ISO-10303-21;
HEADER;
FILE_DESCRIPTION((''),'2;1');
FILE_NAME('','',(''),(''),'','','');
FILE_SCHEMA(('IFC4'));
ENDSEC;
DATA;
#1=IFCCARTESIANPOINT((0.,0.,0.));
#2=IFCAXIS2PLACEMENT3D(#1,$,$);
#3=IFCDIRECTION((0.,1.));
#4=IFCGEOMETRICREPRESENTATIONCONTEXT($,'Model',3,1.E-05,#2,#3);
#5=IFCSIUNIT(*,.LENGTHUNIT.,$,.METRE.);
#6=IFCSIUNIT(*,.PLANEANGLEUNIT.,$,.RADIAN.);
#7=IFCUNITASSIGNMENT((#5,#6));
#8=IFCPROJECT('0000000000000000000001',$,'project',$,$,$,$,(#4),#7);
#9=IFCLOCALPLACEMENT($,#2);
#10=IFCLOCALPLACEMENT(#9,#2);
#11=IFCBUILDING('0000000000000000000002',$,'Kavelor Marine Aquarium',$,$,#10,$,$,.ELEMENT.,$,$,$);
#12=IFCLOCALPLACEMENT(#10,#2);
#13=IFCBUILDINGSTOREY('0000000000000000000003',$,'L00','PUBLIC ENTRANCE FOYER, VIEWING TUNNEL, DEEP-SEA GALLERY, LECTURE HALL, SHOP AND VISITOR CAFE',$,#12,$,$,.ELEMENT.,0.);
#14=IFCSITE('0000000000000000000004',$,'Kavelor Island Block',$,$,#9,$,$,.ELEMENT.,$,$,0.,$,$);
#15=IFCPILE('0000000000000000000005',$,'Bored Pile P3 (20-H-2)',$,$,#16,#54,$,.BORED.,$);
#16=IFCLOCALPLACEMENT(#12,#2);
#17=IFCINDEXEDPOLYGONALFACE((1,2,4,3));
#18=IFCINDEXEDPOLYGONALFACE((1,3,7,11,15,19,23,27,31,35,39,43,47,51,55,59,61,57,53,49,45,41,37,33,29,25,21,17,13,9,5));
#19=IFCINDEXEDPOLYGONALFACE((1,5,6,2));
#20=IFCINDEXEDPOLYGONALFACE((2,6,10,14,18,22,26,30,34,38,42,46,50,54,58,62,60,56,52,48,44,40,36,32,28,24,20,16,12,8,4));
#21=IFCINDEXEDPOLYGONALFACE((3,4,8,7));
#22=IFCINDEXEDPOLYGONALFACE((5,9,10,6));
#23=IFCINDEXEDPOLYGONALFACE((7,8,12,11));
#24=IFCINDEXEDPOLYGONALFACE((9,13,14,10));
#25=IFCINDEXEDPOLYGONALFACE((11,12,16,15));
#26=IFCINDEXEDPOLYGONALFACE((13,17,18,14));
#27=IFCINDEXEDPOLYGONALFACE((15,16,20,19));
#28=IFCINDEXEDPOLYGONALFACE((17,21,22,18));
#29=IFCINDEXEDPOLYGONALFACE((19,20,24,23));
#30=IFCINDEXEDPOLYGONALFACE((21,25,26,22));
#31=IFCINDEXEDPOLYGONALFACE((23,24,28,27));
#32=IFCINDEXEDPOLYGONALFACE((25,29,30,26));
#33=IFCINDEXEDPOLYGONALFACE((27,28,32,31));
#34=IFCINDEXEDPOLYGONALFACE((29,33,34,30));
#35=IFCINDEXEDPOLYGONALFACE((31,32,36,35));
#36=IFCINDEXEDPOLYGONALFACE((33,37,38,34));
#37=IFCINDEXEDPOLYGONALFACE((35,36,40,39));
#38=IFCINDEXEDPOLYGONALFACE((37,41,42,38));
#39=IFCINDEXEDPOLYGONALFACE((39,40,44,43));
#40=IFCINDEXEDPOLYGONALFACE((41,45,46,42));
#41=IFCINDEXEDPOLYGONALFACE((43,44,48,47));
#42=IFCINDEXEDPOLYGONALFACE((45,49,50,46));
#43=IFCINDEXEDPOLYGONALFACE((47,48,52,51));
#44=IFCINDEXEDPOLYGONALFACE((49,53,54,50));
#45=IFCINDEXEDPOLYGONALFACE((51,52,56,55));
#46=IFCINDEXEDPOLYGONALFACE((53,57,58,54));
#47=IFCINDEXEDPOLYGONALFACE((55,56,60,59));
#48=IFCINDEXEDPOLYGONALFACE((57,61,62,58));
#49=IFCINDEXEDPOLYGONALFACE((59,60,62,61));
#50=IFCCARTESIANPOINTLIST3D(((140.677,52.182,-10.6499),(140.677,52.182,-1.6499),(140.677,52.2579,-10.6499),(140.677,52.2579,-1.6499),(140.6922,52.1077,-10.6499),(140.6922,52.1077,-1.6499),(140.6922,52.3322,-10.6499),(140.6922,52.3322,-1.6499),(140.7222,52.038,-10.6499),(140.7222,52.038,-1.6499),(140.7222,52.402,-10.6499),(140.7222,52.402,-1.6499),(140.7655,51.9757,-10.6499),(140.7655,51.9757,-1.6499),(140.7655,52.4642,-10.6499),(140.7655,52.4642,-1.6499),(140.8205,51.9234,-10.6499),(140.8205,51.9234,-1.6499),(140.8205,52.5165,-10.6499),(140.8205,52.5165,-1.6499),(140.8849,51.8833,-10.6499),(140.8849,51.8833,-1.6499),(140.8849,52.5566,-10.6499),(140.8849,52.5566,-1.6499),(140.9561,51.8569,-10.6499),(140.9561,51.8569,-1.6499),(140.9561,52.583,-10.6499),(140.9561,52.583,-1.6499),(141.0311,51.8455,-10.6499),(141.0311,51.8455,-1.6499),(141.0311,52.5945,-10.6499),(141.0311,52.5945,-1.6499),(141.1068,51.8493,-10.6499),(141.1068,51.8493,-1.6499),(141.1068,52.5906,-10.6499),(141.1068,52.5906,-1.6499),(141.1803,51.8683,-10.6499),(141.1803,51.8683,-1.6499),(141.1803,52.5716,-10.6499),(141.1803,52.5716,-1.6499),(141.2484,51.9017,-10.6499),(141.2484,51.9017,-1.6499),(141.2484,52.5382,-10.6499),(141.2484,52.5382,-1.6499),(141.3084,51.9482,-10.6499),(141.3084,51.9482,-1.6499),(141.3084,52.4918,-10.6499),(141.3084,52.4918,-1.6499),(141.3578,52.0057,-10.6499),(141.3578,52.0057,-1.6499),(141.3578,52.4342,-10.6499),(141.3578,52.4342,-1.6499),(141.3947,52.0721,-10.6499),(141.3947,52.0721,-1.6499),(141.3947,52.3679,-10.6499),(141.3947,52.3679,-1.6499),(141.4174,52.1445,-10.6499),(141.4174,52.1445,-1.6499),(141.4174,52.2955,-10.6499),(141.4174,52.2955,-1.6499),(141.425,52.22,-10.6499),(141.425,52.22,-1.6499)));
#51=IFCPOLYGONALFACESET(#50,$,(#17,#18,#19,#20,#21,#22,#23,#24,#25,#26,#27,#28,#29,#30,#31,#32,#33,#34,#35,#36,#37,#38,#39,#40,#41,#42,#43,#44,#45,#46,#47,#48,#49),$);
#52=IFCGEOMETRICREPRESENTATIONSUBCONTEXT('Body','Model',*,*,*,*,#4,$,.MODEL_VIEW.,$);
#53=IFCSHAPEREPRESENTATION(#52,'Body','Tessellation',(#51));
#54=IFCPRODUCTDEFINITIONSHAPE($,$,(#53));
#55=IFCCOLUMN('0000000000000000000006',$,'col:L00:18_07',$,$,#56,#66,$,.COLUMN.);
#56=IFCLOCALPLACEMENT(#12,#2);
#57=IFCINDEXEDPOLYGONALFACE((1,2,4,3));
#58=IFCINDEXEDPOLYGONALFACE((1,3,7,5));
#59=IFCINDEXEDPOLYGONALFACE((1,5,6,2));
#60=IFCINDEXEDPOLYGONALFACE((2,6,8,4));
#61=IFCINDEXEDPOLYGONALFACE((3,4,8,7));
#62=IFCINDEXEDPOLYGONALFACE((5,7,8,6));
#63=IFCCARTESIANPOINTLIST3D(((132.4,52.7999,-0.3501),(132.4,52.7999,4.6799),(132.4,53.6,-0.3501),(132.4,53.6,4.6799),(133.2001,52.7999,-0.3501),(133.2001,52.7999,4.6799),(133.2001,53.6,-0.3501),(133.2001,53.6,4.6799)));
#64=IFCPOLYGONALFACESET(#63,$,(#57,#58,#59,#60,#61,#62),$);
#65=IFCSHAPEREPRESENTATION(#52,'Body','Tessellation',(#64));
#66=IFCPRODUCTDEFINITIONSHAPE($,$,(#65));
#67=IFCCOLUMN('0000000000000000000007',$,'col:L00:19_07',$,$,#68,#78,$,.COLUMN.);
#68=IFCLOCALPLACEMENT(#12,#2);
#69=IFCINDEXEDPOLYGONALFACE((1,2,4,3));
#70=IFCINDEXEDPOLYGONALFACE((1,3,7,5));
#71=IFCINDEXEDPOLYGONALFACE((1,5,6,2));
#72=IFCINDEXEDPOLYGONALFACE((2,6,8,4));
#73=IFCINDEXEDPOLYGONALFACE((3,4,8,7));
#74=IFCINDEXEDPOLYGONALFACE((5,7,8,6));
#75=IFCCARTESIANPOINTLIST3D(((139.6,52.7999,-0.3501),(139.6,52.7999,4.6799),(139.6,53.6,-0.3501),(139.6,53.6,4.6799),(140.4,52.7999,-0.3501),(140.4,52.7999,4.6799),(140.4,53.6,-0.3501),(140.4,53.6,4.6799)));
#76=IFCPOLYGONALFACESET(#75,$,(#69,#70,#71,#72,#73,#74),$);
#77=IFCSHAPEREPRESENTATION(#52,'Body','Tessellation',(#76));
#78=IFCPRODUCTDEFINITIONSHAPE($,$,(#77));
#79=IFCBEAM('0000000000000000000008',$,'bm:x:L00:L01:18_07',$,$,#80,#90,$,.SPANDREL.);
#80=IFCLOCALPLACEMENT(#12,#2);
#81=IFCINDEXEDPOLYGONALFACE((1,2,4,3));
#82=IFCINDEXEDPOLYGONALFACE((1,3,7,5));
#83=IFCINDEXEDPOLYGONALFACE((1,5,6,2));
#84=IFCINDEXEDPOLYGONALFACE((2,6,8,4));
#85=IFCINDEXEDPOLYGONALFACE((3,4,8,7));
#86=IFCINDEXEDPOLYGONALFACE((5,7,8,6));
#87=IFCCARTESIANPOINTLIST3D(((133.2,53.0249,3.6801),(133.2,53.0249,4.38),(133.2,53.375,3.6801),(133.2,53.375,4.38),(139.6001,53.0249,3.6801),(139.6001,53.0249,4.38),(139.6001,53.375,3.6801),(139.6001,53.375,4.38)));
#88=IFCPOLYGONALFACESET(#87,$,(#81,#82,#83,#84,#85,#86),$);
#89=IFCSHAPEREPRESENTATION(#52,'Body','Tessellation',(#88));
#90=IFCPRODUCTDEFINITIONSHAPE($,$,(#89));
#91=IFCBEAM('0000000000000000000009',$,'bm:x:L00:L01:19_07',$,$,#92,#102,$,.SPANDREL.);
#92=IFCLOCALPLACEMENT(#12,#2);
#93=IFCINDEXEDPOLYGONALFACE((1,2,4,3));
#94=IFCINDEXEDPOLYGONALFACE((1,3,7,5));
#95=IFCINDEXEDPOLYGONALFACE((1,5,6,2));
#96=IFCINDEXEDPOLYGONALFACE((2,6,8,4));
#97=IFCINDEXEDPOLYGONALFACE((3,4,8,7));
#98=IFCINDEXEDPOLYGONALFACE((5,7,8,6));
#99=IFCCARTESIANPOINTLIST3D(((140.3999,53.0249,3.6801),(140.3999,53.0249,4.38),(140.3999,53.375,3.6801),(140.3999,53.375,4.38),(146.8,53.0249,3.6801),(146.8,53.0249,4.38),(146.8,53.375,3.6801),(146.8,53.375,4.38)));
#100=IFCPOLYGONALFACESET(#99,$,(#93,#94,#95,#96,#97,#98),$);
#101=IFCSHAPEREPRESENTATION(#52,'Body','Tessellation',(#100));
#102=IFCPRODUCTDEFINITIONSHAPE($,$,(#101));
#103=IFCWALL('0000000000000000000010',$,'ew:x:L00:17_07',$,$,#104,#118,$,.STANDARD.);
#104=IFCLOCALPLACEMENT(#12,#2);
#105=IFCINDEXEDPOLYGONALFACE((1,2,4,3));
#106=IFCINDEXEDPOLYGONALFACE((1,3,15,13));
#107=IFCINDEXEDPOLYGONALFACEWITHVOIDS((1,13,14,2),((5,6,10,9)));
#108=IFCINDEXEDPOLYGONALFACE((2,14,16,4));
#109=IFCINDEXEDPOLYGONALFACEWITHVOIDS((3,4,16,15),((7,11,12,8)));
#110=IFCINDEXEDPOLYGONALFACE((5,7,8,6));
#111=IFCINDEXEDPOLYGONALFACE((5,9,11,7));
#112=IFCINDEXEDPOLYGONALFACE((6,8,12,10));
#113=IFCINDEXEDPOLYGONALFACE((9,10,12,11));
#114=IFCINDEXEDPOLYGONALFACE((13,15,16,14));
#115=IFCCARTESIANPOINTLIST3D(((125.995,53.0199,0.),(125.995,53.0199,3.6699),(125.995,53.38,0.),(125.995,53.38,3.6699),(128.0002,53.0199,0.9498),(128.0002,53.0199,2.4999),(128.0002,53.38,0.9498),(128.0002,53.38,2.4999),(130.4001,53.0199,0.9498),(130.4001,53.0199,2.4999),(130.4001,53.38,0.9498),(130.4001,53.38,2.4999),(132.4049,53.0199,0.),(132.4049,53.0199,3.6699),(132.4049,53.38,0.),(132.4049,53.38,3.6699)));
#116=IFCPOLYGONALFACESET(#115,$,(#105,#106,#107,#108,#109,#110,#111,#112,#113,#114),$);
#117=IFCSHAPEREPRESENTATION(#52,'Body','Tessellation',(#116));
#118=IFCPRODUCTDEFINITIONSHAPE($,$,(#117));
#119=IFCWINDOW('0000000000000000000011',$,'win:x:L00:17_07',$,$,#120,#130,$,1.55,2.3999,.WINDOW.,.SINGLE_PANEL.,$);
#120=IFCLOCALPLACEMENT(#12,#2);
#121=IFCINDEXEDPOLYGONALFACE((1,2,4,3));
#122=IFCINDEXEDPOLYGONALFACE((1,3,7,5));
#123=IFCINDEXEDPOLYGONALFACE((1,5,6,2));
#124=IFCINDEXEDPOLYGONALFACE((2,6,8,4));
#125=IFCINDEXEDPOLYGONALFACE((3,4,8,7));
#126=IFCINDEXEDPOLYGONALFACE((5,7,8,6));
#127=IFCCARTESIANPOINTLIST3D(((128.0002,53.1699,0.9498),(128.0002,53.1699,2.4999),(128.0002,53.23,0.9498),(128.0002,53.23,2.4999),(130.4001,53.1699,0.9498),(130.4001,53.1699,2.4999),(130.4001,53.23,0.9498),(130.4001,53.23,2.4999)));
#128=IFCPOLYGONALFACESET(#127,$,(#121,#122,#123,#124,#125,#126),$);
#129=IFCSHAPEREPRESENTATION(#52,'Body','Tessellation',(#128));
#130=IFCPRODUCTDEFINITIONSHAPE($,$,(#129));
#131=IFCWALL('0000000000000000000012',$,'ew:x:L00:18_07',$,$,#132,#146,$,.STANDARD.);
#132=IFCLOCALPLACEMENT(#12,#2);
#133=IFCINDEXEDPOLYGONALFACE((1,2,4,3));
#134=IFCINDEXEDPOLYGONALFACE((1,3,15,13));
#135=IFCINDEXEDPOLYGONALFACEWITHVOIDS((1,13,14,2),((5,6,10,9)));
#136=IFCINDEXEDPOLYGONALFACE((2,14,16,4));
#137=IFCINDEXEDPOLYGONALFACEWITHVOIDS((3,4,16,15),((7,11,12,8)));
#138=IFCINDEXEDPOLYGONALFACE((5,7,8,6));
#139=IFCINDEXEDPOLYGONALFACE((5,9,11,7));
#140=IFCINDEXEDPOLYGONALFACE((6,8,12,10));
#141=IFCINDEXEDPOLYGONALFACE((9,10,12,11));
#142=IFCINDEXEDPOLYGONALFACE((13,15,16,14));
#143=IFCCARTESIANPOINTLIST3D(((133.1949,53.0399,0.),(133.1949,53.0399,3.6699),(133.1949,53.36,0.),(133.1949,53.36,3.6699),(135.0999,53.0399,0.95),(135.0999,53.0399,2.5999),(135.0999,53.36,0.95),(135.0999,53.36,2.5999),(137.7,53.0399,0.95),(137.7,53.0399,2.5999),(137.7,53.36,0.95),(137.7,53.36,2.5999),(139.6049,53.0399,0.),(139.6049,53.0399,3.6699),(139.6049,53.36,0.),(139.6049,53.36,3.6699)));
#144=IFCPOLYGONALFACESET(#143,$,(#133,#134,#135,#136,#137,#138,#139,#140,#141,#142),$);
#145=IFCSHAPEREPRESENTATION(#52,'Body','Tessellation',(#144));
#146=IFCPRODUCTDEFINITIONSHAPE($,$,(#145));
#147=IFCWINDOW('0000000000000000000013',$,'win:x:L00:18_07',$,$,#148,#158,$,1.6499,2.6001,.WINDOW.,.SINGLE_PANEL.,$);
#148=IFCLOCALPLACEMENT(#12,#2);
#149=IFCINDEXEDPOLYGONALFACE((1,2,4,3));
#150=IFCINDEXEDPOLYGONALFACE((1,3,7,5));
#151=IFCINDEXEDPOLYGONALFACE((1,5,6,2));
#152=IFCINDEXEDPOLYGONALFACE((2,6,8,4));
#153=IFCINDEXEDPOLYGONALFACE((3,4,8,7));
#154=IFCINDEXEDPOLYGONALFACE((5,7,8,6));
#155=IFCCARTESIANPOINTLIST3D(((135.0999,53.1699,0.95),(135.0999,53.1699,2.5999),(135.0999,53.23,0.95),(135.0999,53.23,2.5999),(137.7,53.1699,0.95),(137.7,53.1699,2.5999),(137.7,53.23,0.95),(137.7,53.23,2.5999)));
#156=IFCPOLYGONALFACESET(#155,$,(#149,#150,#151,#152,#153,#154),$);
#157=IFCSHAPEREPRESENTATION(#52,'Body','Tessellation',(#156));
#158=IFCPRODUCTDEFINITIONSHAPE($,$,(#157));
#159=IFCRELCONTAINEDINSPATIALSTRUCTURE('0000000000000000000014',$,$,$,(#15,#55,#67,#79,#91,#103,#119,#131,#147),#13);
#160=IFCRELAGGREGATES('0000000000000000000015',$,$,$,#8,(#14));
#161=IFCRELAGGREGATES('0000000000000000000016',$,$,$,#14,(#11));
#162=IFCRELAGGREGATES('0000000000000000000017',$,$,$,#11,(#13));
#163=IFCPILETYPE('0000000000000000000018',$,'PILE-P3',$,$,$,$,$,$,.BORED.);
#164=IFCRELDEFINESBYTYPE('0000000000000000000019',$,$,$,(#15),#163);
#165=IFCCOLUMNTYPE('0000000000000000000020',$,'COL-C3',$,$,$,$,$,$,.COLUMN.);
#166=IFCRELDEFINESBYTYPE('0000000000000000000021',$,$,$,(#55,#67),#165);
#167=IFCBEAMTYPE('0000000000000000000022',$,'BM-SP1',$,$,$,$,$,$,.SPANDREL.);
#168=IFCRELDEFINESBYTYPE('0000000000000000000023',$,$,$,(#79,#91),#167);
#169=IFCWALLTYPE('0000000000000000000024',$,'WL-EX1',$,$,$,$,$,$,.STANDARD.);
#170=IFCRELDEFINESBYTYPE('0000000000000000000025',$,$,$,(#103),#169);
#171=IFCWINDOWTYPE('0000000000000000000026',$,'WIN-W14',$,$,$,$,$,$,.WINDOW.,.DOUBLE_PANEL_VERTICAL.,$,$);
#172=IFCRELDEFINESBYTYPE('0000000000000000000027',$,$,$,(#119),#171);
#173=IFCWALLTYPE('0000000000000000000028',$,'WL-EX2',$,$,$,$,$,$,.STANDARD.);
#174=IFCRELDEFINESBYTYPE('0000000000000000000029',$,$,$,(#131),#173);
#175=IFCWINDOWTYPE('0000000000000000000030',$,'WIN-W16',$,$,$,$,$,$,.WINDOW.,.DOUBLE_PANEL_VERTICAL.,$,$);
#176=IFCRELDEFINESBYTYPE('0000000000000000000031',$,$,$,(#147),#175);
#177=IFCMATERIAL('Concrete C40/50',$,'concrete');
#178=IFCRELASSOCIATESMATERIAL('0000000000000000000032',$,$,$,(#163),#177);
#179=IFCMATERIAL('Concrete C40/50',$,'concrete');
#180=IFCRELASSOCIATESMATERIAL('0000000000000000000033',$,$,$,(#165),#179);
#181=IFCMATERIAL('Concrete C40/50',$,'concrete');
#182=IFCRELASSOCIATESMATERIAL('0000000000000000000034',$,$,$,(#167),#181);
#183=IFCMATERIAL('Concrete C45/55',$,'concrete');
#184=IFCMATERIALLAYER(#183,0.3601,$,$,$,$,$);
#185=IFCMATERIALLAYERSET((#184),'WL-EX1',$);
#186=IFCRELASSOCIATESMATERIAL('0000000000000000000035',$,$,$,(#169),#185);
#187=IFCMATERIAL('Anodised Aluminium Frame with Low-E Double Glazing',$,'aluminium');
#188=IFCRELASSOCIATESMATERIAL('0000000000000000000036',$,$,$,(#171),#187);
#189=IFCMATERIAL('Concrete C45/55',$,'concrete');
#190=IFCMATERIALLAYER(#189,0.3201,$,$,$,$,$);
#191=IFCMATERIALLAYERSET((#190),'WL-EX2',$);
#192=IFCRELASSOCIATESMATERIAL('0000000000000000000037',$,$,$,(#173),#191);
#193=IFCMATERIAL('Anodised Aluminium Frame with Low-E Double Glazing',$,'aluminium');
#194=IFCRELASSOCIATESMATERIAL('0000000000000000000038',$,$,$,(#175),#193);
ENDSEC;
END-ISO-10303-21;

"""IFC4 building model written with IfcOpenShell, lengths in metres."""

from ifc_helpers import new_model, si_unit, direction, frame, frame_2d, origin, origin_2d, place, context, subcontext, project, spatial, rectangle, circle, extrude, material, layer, layer_set, material_profile, profile_set, type_object, element, fill, save


model = new_model("IFC4")

# Units and contexts
model_context = context("Model", 3, precision=1e-05, world=origin(), true_north=direction((0.0, 1.0)))
body_context = subcontext(model_context, "Body", "Model", "MODEL_VIEW")
ifc_project = project(units=[si_unit("LENGTHUNIT", "METRE"), si_unit("PLANEANGLEUNIT", "RADIAN")], contexts=[model_context])

# Site, building, storey
site_placement = place(None, origin())
site = spatial("IfcSite", under=ifc_project, at=site_placement, Name="Kavelor Island Block", CompositionType="ELEMENT", RefElevation=0.0)
building_placement = place(site_placement, origin())
building = spatial("IfcBuilding", under=site, at=building_placement, Name="Kavelor Marine Aquarium", CompositionType="ELEMENT")
storey_placement = place(building_placement, origin())
storey = spatial("IfcBuildingStorey", under=building, at=storey_placement, Name="L00", Description="PUBLIC ENTRANCE FOYER, VIEWING TUNNEL, DEEP-SEA GALLERY, LECTURE HALL, SHOP AND VISITOR CAFE", CompositionType="ELEMENT", Elevation=0.0)

# Pile
ifc_material_1 = material(Name="Concrete C40/50", Category="concrete")
ifc_material_profile_1 = material_profile(ifc_material_1, circle(Radius=0.375, at=origin_2d()), Name="PILE D750")
ifc_profile_set_1 = profile_set([ifc_material_profile_1], Name="Concrete C40/50")
pile_type_1 = type_object("IfcPileType", Name="PILE-P3", PredefinedType="BORED", material=ifc_profile_set_1)
for number, where, z_axis, x_axis, name in (
    (1, (141.05, 52.22, -1.6499), (0.0, 0.0, -1.0), (1.0, 0.0, 0.0), "Bored Pile P3 (20-H-2)"),
):
    element("IfcPile", number, at=place(storey_placement, frame(where, z_axis=z_axis, x_axis=x_axis)), inside=storey, type_object=pile_type_1, Name=name, PredefinedType="BORED", context=body_context, shape_type="SweptSolid", body=[
        extrude(circle(Radius=0.375, at=origin_2d()), origin(), (0.0, 0.0, 1.0), 9.0),
    ])

# Columns
ifc_material_2 = material(Name="Concrete C40/50", Category="concrete")
ifc_material_profile_2 = material_profile(ifc_material_2, rectangle(XDim=0.8, YDim=0.8, at=origin_2d()), Name="RC-COL 800x800")
ifc_profile_set_2 = profile_set([ifc_material_profile_2], Name="Concrete C40/50")
column_type = type_object("IfcColumnType", Name="COL-C3", PredefinedType="COLUMN", material=ifc_profile_set_2)
for number, where, z_axis, x_axis, name in (
    (2, (132.8, 53.2, -0.3501), (0.0, 0.0, 1.0), (1.0, 0.0, 0.0), "col:L00:18_07"),
    (3, (140.0, 53.2, -0.3501), (0.0, 0.0, 1.0), (1.0, 0.0, 0.0), "col:L00:19_07"),
):
    element("IfcColumn", number, at=place(storey_placement, frame(where, z_axis=z_axis, x_axis=x_axis)), inside=storey, type_object=column_type, Name=name, PredefinedType="COLUMN", context=body_context, shape_type="SweptSolid", body=[
        extrude(rectangle(XDim=0.8, YDim=0.8, at=origin_2d()), origin(), (0.0, 0.0, 1.0), 5.03),
    ])

# Beams
ifc_material_3 = material(Name="Concrete C40/50", Category="concrete")
ifc_material_profile_3 = material_profile(ifc_material_3, rectangle(XDim=0.3501, YDim=0.7, at=origin_2d()), Name="RC-SP 350x700")
ifc_profile_set_3 = profile_set([ifc_material_profile_3], Name="Concrete C40/50")
beam_type = type_object("IfcBeamType", Name="BM-SP1", PredefinedType="SPANDREL", material=ifc_profile_set_3)
for number, where, z_axis, x_axis, name in (
    (4, (133.2, 53.2, 4.03), (1.0, 0.0, 0.0), (0.0, 1.0, 0.0), "bm:x:L00:L01:18_07"),
    (5, (140.3999, 53.2, 4.03), (1.0, 0.0, 0.0), (0.0, 1.0, 0.0), "bm:x:L00:L01:19_07"),
):
    element("IfcBeam", number, at=place(storey_placement, frame(where, z_axis=z_axis, x_axis=x_axis)), inside=storey, type_object=beam_type, Name=name, PredefinedType="SPANDREL", context=body_context, shape_type="SweptSolid", body=[
        extrude(rectangle(XDim=0.3501, YDim=0.7, at=origin_2d()), origin(), (0.0, 0.0, 1.0), 6.4001),
    ])

# Walls, openings, windows
ifc_material_4 = material(Name="Concrete C45/55", Category="concrete")
ifc_layer_1 = layer(ifc_material_4, 0.3601)
ifc_layer_set_1 = layer_set([ifc_layer_1], Name="WL-EX1")
wall_type_1 = type_object("IfcWallType", Name="WL-EX1", PredefinedType="STANDARD", material=ifc_layer_set_1)
wall_1_placement = place(storey_placement, frame((132.405, 53.2, 0.0), z_axis=(0.0, 0.0, 1.0), x_axis=(-1.0, 0.0, 0.0)))
wall_1 = element("IfcWall", 6, at=wall_1_placement, inside=storey, type_object=wall_type_1, Name="ew:x:L00:17_07", PredefinedType="STANDARD", context=body_context, shape_type="SweptSolid", body=[
    extrude(rectangle(XDim=6.4099, YDim=0.3601, at=frame_2d((3.2051, 0.0))), origin(), (0.0, 0.0, 1.0), 3.6699),
])
opening_1_placement = place(wall_1_placement, frame((2.0049, 0.0, 0.95)))
opening_1 = element("IfcOpeningElement", 7, at=opening_1_placement, cuts=wall_1, PredefinedType="OPENING", context=body_context, shape_type="SweptSolid", body=[
    extrude(rectangle(XDim=2.3999, YDim=1.55, at=frame_2d((1.2, 0.7749))), frame((0.0, 0.1899, 0.0), z_axis=(0.0, -1.0, 0.0), x_axis=(1.0, 0.0, 0.0)), (0.0, 0.0, 1.0), 0.3801),
])
ifc_material_5 = material(Name="Anodised Aluminium Frame with Low-E Double Glazing", Category="aluminium")
window_type_1 = type_object("IfcWindowType", Name="WIN-W14", PartitioningType="DOUBLE_PANEL_VERTICAL", PredefinedType="WINDOW", material=ifc_material_5)
window_1_placement = place(opening_1_placement, origin())
window_1 = element("IfcWindow", 8, at=window_1_placement, inside=storey, type_object=window_type_1, Name="win:x:L00:17_07", OverallHeight=1.55, OverallWidth=2.3999, PartitioningType="SINGLE_PANEL", PredefinedType="WINDOW", context=body_context, shape_type="SweptSolid", body=[
    extrude(rectangle(XDim=2.3999, YDim=1.55, at=frame_2d((1.2, 0.7749))), frame((0.0, 0.03, 0.0), z_axis=(0.0, -1.0, 0.0), x_axis=(1.0, 0.0, 0.0)), (0.0, 0.0, 1.0), 0.0601),
])
fill(opening_1, window_1)
ifc_material_6 = material(Name="Concrete C45/55", Category="concrete")
ifc_layer_2 = layer(ifc_material_6, 0.3201)
ifc_layer_set_2 = layer_set([ifc_layer_2], Name="WL-EX2")
wall_type_2 = type_object("IfcWallType", Name="WL-EX2", PredefinedType="STANDARD", material=ifc_layer_set_2)
wall_2_placement = place(storey_placement, frame((139.605, 53.2, 0.0), z_axis=(0.0, 0.0, 1.0), x_axis=(-1.0, 0.0, 0.0)))
wall_2 = element("IfcWall", 9, at=wall_2_placement, inside=storey, type_object=wall_type_2, Name="ew:x:L00:18_07", PredefinedType="STANDARD", context=body_context, shape_type="SweptSolid", body=[
    extrude(rectangle(XDim=6.4099, YDim=0.3201, at=frame_2d((3.2051, 0.0))), origin(), (0.0, 0.0, 1.0), 3.6699),
])
opening_2_placement = place(wall_2_placement, frame((1.905, 0.0, 0.95)))
opening_2 = element("IfcOpeningElement", 10, at=opening_2_placement, cuts=wall_2, PredefinedType="OPENING", context=body_context, shape_type="SweptSolid", body=[
    extrude(rectangle(XDim=2.6001, YDim=1.6499, at=frame_2d((1.3, 0.825))), frame((0.0, 0.1699, 0.0), z_axis=(0.0, -1.0, 0.0), x_axis=(1.0, 0.0, 0.0)), (0.0, 0.0, 1.0), 0.3401),
])
ifc_material_7 = material(Name="Anodised Aluminium Frame with Low-E Double Glazing", Category="aluminium")
window_type_2 = type_object("IfcWindowType", Name="WIN-W16", PartitioningType="DOUBLE_PANEL_VERTICAL", PredefinedType="WINDOW", material=ifc_material_7)
window_2_placement = place(opening_2_placement, origin())
window_2 = element("IfcWindow", 11, at=window_2_placement, inside=storey, type_object=window_type_2, Name="win:x:L00:18_07", OverallHeight=1.6499, OverallWidth=2.6001, PartitioningType="SINGLE_PANEL", PredefinedType="WINDOW", context=body_context, shape_type="SweptSolid", body=[
    extrude(rectangle(XDim=2.6001, YDim=1.6499, at=frame_2d((1.3, 0.825))), frame((0.0, 0.03, 0.0), z_axis=(0.0, -1.0, 0.0), x_axis=(1.0, 0.0, 0.0)), (0.0, 0.0, 1.0), 0.0601),
])
fill(opening_2, window_2)

save(model, "model.ifc")
